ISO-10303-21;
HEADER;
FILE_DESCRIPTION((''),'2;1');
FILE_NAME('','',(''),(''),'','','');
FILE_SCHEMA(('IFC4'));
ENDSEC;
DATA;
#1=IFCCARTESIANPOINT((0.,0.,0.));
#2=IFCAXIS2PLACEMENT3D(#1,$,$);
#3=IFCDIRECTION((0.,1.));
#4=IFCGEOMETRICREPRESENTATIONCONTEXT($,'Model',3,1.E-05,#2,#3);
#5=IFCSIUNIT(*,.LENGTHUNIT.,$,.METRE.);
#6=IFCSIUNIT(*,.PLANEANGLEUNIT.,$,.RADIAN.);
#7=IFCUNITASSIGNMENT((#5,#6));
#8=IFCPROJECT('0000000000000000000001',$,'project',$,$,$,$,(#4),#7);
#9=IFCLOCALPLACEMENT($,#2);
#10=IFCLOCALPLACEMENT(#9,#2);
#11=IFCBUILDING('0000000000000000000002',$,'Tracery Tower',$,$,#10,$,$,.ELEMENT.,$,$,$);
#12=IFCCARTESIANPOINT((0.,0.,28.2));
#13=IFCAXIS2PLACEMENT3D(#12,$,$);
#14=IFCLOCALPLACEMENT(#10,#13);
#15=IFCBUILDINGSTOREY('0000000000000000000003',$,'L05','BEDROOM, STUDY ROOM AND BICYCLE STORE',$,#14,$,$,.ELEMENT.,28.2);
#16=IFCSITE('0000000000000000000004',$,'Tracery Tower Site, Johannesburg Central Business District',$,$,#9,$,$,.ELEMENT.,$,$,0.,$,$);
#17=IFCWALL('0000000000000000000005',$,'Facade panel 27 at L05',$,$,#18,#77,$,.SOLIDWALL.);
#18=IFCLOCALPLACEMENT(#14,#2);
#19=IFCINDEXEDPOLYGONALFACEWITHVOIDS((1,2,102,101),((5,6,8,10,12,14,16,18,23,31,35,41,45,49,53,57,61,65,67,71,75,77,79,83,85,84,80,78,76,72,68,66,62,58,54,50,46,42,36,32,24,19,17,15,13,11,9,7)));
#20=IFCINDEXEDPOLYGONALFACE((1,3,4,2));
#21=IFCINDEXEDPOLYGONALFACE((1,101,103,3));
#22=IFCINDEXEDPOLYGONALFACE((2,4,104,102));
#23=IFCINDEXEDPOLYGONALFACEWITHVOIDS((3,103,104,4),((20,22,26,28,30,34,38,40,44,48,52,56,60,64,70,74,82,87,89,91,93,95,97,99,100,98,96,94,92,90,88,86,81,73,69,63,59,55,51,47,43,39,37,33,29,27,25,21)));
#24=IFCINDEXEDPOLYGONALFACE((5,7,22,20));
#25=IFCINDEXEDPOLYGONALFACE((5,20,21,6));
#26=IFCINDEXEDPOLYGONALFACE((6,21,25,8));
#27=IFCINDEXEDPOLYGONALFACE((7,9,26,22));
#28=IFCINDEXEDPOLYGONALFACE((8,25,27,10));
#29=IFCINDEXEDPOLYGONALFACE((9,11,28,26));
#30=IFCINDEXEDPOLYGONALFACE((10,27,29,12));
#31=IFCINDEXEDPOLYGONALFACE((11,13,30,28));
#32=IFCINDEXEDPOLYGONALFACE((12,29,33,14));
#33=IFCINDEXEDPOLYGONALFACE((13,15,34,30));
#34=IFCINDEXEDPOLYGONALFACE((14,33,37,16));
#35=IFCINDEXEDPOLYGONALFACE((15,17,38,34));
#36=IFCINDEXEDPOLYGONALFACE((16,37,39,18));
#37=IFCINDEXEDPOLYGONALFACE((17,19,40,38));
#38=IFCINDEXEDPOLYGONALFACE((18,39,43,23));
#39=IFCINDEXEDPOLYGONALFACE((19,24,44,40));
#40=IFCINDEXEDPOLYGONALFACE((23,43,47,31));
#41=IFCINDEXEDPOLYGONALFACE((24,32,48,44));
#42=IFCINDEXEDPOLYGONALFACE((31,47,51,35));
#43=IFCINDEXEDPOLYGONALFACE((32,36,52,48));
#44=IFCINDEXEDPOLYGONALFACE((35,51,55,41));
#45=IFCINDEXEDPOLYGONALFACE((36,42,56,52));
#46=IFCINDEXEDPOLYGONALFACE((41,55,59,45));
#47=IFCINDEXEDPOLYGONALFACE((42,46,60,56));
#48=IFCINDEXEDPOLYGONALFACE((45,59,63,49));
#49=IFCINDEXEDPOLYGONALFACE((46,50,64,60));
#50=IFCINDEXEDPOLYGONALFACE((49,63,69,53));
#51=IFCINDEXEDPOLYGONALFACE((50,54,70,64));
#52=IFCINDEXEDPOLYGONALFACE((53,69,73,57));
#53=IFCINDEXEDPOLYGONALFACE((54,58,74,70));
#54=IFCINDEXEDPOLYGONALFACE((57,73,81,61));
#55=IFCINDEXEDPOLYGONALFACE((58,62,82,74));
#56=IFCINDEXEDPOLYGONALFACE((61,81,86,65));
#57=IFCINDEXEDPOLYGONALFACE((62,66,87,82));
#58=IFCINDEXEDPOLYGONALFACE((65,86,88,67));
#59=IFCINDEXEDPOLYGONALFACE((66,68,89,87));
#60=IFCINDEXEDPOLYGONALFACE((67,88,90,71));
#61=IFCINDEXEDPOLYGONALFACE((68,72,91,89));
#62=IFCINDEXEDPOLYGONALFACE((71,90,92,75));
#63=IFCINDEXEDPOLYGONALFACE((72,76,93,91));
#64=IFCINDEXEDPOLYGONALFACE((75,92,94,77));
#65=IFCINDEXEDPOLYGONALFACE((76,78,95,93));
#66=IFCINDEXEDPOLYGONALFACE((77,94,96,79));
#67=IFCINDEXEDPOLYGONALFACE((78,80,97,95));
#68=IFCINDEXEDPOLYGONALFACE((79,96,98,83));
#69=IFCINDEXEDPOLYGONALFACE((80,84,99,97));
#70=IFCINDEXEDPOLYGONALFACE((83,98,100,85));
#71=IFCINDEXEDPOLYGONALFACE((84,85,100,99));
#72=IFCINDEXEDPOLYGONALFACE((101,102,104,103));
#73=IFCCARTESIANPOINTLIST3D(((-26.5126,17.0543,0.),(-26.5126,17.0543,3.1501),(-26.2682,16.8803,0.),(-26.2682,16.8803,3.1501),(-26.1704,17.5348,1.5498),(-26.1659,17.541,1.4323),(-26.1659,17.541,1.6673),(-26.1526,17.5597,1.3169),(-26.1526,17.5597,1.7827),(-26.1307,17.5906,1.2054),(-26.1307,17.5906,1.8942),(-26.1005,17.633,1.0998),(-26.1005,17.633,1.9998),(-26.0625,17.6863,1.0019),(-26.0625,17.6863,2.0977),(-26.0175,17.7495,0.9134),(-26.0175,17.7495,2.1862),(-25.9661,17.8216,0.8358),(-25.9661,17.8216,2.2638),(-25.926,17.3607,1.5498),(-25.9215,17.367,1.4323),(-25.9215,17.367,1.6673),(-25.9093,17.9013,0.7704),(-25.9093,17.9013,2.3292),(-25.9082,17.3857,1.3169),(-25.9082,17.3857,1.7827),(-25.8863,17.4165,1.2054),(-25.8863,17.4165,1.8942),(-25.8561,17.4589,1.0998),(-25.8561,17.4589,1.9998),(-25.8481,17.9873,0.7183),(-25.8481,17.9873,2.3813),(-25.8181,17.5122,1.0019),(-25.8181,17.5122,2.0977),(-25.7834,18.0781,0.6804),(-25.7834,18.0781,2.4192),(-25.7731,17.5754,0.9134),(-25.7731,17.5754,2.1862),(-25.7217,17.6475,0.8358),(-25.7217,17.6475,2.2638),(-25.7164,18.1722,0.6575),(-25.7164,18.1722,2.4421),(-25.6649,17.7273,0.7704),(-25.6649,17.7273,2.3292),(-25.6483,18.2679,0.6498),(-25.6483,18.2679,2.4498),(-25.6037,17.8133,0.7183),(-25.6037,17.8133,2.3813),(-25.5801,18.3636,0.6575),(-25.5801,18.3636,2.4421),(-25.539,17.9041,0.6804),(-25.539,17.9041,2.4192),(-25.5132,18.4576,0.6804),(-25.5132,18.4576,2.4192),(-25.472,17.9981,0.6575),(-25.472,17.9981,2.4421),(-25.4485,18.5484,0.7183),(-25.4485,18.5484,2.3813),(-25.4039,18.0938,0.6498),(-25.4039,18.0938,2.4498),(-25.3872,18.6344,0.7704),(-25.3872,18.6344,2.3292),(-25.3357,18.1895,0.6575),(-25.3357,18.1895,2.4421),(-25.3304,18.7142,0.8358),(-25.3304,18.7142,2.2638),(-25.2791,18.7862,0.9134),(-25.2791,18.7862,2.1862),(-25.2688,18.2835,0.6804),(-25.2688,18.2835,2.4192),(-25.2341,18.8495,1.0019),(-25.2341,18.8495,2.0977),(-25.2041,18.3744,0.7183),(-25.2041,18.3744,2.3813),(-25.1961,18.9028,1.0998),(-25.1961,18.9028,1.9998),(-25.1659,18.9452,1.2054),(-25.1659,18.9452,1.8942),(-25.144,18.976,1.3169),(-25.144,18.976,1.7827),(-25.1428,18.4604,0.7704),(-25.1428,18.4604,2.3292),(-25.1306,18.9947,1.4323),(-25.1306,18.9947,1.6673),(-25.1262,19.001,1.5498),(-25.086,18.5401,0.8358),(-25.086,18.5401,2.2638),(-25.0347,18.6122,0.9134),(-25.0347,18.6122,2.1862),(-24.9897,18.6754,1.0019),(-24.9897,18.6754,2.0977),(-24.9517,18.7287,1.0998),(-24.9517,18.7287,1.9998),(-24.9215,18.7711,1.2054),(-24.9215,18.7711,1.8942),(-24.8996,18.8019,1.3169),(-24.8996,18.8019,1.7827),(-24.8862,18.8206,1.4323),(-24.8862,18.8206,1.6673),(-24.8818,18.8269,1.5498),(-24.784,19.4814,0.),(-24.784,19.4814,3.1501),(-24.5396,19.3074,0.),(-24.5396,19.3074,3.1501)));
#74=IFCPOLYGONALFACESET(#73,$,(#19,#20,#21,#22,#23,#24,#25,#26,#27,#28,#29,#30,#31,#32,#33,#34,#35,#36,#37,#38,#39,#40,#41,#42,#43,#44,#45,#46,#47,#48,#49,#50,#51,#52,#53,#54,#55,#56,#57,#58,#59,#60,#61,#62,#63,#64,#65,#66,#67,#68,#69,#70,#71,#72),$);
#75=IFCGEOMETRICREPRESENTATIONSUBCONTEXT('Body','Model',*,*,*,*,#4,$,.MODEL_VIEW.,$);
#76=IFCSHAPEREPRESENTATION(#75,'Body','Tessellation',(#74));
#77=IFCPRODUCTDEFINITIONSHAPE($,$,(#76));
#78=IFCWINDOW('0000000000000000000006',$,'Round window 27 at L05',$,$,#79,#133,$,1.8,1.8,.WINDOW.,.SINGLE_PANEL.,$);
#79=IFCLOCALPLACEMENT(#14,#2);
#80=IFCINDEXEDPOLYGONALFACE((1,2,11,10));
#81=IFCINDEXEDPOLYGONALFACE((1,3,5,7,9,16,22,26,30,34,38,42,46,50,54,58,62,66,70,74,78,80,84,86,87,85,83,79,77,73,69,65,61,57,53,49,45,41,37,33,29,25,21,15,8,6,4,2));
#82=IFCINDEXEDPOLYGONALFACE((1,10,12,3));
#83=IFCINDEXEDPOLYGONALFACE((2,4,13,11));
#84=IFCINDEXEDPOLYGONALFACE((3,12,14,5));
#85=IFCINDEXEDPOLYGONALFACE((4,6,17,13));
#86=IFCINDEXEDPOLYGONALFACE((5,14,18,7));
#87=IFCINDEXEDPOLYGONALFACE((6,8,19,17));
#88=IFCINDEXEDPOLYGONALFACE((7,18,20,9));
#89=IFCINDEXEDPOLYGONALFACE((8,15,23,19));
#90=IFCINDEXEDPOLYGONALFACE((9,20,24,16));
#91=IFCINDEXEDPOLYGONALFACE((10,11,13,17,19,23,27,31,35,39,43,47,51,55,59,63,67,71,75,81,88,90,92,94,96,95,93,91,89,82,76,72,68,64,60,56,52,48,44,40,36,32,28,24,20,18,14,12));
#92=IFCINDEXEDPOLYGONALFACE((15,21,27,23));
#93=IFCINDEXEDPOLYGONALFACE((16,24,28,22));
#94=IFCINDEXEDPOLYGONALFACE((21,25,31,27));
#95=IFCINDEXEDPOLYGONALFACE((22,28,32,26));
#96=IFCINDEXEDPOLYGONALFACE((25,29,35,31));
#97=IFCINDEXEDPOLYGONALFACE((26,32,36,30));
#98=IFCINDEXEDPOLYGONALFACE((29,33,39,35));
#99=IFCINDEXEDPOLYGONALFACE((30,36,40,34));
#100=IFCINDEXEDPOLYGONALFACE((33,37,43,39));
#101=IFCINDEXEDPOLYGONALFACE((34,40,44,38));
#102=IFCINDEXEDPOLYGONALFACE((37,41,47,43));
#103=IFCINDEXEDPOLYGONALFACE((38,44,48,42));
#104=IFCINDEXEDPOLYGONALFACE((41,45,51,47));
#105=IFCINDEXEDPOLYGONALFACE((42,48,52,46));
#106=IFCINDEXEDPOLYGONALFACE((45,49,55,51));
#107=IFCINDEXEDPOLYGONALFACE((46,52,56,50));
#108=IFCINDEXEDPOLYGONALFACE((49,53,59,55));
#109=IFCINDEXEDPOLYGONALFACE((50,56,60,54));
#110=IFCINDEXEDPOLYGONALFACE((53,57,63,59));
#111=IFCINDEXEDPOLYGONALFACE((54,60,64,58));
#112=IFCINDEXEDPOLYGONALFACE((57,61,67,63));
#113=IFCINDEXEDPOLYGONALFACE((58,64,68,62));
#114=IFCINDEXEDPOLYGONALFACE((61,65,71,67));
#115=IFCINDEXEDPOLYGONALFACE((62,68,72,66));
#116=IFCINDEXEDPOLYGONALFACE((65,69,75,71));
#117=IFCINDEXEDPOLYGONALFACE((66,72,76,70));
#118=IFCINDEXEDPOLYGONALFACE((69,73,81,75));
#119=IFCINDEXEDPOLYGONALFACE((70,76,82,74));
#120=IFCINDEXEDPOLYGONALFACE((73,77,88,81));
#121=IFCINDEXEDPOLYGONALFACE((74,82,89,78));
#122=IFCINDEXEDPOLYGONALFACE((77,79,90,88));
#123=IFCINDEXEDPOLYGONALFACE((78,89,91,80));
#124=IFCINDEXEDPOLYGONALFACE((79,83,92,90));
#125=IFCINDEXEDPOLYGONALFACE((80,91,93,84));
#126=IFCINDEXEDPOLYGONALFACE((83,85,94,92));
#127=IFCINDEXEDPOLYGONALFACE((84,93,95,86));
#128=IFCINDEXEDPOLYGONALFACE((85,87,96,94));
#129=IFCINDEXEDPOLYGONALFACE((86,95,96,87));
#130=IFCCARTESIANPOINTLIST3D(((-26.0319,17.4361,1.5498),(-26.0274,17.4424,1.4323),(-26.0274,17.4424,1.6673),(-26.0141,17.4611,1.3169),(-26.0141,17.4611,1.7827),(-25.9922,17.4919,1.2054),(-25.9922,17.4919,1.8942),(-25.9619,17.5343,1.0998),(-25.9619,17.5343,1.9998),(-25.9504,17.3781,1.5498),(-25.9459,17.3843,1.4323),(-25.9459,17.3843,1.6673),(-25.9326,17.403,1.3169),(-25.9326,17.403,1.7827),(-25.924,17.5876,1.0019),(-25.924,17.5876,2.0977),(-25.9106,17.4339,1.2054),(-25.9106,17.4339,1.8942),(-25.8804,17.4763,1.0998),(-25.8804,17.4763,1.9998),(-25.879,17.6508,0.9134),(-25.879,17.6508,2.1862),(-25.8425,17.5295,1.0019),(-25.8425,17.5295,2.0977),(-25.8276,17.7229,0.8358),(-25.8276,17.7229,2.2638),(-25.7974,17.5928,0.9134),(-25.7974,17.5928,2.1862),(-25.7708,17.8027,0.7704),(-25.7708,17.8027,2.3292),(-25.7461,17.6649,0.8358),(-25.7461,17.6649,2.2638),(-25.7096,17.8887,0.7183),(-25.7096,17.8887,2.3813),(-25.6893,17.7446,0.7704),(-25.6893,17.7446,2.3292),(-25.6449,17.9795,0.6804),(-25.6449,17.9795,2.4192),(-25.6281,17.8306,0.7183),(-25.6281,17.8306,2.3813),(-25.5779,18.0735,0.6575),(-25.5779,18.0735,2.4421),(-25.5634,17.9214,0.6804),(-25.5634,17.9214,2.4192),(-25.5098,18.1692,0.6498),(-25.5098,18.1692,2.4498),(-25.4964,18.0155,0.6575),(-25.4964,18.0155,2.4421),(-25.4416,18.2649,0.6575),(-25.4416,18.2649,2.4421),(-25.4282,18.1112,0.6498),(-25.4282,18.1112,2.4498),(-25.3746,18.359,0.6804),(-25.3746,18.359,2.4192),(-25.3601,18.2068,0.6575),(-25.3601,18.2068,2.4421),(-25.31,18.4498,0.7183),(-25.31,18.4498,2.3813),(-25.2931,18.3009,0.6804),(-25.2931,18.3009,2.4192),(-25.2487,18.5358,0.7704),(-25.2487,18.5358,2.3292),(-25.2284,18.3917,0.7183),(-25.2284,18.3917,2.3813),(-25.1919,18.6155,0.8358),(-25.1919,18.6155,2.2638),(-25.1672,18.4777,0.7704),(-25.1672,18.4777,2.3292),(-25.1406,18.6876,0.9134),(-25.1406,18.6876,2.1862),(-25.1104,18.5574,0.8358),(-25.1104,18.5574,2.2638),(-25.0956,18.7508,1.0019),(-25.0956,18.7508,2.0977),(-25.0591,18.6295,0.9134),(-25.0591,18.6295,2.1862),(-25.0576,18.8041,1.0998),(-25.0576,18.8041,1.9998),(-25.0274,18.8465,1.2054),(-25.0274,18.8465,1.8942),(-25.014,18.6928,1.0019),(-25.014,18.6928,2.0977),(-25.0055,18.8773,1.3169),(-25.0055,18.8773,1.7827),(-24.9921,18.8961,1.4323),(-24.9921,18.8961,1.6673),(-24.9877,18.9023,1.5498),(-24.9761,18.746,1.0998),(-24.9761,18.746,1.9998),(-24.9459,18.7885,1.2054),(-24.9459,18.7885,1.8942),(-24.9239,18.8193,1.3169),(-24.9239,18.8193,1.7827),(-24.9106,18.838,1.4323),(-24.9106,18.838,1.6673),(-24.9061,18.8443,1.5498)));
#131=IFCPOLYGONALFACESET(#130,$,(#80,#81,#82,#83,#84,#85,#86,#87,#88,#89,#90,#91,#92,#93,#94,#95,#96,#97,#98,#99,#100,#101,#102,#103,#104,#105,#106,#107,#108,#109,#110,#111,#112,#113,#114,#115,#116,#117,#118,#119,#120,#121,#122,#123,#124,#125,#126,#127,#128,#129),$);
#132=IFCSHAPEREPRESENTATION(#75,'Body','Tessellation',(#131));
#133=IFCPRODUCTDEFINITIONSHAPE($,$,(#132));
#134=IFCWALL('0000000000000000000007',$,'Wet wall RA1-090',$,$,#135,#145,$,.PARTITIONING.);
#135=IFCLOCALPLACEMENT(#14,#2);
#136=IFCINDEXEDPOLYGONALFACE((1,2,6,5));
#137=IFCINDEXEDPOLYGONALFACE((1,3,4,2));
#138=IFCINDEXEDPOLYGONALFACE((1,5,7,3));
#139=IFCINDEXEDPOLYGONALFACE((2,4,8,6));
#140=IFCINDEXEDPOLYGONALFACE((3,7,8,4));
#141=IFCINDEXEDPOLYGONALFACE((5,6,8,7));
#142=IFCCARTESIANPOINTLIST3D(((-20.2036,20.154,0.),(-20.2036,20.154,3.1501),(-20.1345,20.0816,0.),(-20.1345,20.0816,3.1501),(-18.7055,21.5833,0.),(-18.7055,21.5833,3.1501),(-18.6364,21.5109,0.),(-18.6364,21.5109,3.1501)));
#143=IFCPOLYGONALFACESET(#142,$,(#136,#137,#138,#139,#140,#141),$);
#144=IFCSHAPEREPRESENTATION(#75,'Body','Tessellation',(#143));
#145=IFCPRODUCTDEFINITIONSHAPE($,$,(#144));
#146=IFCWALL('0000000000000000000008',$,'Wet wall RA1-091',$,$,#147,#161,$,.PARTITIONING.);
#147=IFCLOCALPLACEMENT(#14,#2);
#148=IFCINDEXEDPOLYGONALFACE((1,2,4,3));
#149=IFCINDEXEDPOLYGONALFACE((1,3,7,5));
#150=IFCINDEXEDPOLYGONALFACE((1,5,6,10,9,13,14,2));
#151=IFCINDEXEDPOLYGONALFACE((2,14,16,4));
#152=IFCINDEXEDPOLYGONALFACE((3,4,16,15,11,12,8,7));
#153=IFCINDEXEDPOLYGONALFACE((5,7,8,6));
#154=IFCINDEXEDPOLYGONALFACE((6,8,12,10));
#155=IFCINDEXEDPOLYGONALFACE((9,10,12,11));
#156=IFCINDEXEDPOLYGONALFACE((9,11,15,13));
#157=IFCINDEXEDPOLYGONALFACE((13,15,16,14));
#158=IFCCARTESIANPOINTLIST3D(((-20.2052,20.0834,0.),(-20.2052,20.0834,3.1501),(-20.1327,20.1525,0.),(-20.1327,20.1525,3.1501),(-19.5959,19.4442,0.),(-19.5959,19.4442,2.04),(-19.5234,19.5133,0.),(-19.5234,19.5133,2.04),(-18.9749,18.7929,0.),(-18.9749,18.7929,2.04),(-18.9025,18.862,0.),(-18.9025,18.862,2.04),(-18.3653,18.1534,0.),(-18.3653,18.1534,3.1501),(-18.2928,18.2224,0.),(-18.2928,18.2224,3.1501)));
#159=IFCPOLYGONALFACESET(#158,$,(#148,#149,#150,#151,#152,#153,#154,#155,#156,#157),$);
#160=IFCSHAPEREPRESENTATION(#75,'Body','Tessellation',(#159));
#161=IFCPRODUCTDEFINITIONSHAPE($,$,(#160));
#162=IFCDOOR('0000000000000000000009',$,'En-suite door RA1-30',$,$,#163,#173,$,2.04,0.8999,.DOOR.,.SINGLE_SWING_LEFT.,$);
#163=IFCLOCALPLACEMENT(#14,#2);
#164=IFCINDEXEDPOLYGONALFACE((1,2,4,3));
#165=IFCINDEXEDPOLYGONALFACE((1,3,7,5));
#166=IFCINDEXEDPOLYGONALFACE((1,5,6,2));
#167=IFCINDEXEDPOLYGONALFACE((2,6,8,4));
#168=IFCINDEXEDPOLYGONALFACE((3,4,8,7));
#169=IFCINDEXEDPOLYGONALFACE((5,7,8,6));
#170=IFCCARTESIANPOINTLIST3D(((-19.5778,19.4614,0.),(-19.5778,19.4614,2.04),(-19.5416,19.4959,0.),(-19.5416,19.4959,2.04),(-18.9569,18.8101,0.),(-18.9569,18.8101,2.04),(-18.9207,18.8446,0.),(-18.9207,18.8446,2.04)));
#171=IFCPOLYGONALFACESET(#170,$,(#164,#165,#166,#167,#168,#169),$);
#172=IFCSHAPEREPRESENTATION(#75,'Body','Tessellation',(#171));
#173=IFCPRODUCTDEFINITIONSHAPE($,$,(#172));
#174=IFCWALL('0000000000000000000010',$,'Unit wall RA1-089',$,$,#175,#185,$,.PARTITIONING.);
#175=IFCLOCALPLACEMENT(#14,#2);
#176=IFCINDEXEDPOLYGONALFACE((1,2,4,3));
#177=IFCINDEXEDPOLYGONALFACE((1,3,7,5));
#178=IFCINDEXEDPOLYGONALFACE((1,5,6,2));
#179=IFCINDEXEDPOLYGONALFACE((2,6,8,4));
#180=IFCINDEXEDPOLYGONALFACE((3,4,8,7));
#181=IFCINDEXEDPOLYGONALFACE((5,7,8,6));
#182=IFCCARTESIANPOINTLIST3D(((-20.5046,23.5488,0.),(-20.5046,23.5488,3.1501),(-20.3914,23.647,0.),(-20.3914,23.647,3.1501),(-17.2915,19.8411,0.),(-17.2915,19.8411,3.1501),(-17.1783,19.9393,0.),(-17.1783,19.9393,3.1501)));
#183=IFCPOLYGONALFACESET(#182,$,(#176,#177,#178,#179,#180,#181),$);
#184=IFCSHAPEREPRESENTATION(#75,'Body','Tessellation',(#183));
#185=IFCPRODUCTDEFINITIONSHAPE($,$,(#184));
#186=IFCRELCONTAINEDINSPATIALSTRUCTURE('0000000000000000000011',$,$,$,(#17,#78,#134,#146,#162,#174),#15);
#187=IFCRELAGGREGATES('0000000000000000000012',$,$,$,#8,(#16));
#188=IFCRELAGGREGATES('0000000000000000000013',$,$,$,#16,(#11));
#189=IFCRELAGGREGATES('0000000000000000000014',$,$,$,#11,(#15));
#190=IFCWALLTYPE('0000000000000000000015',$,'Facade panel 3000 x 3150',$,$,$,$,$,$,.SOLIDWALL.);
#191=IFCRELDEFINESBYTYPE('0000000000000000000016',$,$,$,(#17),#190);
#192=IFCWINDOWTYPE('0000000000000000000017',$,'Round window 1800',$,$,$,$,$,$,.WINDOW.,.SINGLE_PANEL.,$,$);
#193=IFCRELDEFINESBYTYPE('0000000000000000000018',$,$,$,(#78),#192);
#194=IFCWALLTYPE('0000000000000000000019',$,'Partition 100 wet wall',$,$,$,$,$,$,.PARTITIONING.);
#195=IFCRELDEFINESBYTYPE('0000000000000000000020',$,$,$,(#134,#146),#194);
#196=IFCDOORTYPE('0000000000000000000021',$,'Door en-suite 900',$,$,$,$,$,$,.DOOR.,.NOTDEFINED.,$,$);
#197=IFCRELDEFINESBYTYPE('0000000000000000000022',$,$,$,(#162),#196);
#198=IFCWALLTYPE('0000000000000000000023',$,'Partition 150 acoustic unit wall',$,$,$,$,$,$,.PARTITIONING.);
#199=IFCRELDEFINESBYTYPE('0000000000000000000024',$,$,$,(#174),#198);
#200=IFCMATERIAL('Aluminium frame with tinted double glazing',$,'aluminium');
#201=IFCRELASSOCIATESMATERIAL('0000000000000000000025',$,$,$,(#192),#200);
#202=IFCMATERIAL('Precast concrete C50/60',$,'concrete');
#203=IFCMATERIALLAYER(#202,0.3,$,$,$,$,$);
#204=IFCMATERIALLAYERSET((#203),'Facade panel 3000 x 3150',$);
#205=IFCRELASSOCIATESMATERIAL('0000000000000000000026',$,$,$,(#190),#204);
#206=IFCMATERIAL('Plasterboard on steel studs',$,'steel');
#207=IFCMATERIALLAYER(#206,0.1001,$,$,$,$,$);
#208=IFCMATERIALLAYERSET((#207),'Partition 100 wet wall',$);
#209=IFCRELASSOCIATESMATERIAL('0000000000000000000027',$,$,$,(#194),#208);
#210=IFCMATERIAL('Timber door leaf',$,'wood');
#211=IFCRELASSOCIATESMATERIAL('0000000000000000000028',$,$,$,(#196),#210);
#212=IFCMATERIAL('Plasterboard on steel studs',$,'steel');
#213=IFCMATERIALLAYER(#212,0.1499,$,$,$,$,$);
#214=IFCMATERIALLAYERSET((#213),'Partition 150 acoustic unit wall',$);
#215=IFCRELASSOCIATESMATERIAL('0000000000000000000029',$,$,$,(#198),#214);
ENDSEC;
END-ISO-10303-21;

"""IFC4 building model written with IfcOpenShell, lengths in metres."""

from ifc_helpers import new_model, si_unit, direction, frame, frame_2d, origin, origin_2d, place, context, subcontext, project, spatial, rectangle, circle, extrude, material, layer, layer_set, type_object, element, fill, save


model = new_model("IFC4")

# Units and contexts
model_context = context("Model", 3, precision=1e-05, world=origin(), true_north=direction((0.0, 1.0)))
body_context = subcontext(model_context, "Body", "Model", "MODEL_VIEW")
ifc_project = project(units=[si_unit("LENGTHUNIT", "METRE"), si_unit("PLANEANGLEUNIT", "RADIAN")], contexts=[model_context])

# Site, building, storey
site_placement = place(None, origin())
site = spatial("IfcSite", under=ifc_project, at=site_placement, Name="Tracery Tower Site, Johannesburg Central Business District", CompositionType="ELEMENT", RefElevation=0.0)
building_placement = place(site_placement, origin())
building = spatial("IfcBuilding", under=site, at=building_placement, Name="Tracery Tower", CompositionType="ELEMENT")
storey_placement = place(building_placement, frame((0.0, 0.0, 28.2)))
storey = spatial("IfcBuildingStorey", under=building, at=storey_placement, Name="L05", Description="BEDROOM, STUDY ROOM AND BICYCLE STORE", CompositionType="ELEMENT", Elevation=28.2)

# Wall, opening, window
ifc_material_1 = material(Name="Aluminium frame with tinted double glazing", Category="aluminium")
window_type = type_object("IfcWindowType", Name="Round window 1800", PartitioningType="SINGLE_PANEL", PredefinedType="WINDOW", material=ifc_material_1)
ifc_material_2 = material(Name="Precast concrete C50/60", Category="concrete")
ifc_layer_1 = layer(ifc_material_2, 0.3)
ifc_layer_set_1 = layer_set([ifc_layer_1], Name="Facade panel 3000 x 3150")
wall_type_1 = type_object("IfcWallType", Name="Facade panel 3000 x 3150", PredefinedType="SOLIDWALL", material=ifc_layer_set_1)
wall_1_placement = place(storey_placement, frame((-24.6619, 19.3943, 0.0), z_axis=(0.0, 0.0, 1.0), x_axis=(-0.580114, -0.814535, 0.0)))
wall_1 = element("IfcWall", 1, at=wall_1_placement, inside=storey, type_object=wall_type_1, Name="Facade panel 27 at L05", PredefinedType="SOLIDWALL", context=body_context, shape_type="SweptSolid", body=[
    extrude(rectangle(XDim=2.9797, YDim=0.3, at=frame_2d((1.4897, 0.0))), origin(), (0.0, 0.0, 1.0), 3.1501),
])
opening_1_placement = place(wall_1_placement, frame((1.4897, 0.0, 1.5498)))
opening_1 = element("IfcOpeningElement", 2, at=opening_1_placement, cuts=wall_1, PredefinedType="OPENING", context=body_context, shape_type="SweptSolid", body=[
    extrude(circle(Radius=0.9, at=origin_2d()), frame((0.0, 0.1599, 0.0), z_axis=(0.0, -1.0, 0.0), x_axis=(1.0, 0.0, 0.0)), (0.0, 0.0, 1.0), 0.3201),
])
window_1_placement = place(opening_1_placement, origin())
window_1 = element("IfcWindow", 3, at=window_1_placement, inside=storey, type_object=window_type, Name="Round window 27 at L05", OverallHeight=1.8, OverallWidth=1.8, PartitioningType="SINGLE_PANEL", PredefinedType="WINDOW", context=body_context, shape_type="SweptSolid", body=[
    extrude(circle(Radius=0.9, at=origin_2d()), frame((0.0, 0.1201, 0.0), z_axis=(0.0, -1.0, 0.0), x_axis=(1.0, 0.0, 0.0)), (0.0, 0.0, 1.0), 0.1001),
])
fill(opening_1, window_1)

# Wall
ifc_material_3 = material(Name="Plasterboard on steel studs", Category="steel")
ifc_layer_2 = layer(ifc_material_3, 0.1001)
ifc_layer_set_2 = layer_set([ifc_layer_2], Name="Partition 100 wet wall")
wall_type_2 = type_object("IfcWallType", Name="Partition 100 wet wall", PredefinedType="PARTITIONING", material=ifc_layer_set_2)
wall_2_placement = place(storey_placement, frame((-20.1689, 20.1179, 0.0), z_axis=(0.0, 0.0, 1.0), x_axis=(0.723538, 0.690285, 0.0)))
element("IfcWall", 4, at=wall_2_placement, inside=storey, type_object=wall_type_2, Name="Wet wall RA1-090", PredefinedType="PARTITIONING", context=body_context, shape_type="SweptSolid", body=[
    extrude(rectangle(XDim=2.0706, YDim=0.1001, at=frame_2d((1.0352, 0.0))), origin(), (0.0, 0.0, 1.0), 3.1501),
])

# Wall, opening, door
wall_3_placement = place(storey_placement, frame((-20.1689, 20.1179, 0.0), z_axis=(0.0, 0.0, 1.0), x_axis=(0.690012, -0.723798, 0.0)))
wall_3 = element("IfcWall", 5, at=wall_3_placement, inside=storey, type_object=wall_type_2, Name="Wet wall RA1-091", PredefinedType="PARTITIONING", context=body_context, shape_type="SweptSolid", body=[
    extrude(rectangle(XDim=2.6665, YDim=0.1001, at=frame_2d((1.3333, 0.0))), origin(), (0.0, 0.0, 1.0), 3.1501),
])
opening_2_placement = place(wall_3_placement, frame((0.8831, 0.0, 0.0)))
opening_2 = element("IfcOpeningElement", 6, at=opening_2_placement, cuts=wall_3, PredefinedType="OPENING", context=body_context, shape_type="SweptSolid", body=[
    extrude(rectangle(XDim=0.8999, YDim=2.04, at=frame_2d((0.45, 1.02))), frame((0.0, 0.05, 0.0), z_axis=(0.0, -1.0, 0.0), x_axis=(1.0, 0.0, 0.0)), (0.0, 0.0, 1.0), 0.1001),
])
ifc_material_4 = material(Name="Timber door leaf", Category="wood")
door_type = type_object("IfcDoorType", Name="Door en-suite 900", OperationType="NOTDEFINED", PredefinedType="DOOR", material=ifc_material_4)
door_placement = place(opening_2_placement, origin())
door = element("IfcDoor", 7, at=door_placement, inside=storey, type_object=door_type, Name="En-suite door RA1-30", OperationType="SINGLE_SWING_LEFT", OverallHeight=2.04, OverallWidth=0.8999, PredefinedType="DOOR", context=body_context, shape_type="SweptSolid", body=[
    extrude(rectangle(XDim=0.8999, YDim=2.04, at=frame_2d((0.45, 1.02))), frame((0.0, 0.0249, 0.0), z_axis=(0.0, -1.0, 0.0), x_axis=(1.0, 0.0, 0.0)), (0.0, 0.0, 1.0), 0.05),
])
fill(opening_2, door)

# Wall
ifc_material_5 = material(Name="Plasterboard on steel studs", Category="steel")
ifc_layer_3 = layer(ifc_material_5, 0.1499)
ifc_layer_set_3 = layer_set([ifc_layer_3], Name="Partition 150 acoustic unit wall")
wall_type_3 = type_object("IfcWallType", Name="Partition 150 acoustic unit wall", PredefinedType="PARTITIONING", material=ifc_layer_set_3)
wall_4_placement = place(storey_placement, frame((-20.448, 23.5979, 0.0), z_axis=(0.0, 0.0, 1.0), x_axis=(0.6549, -0.755715, 0.0)))
element("IfcWall", 8, at=wall_4_placement, inside=storey, type_object=wall_type_3, Name="Unit wall RA1-089", PredefinedType="PARTITIONING", context=body_context, shape_type="SweptSolid", body=[
    extrude(rectangle(XDim=4.9062, YDim=0.1499, at=frame_2d((2.4531, 0.0))), origin(), (0.0, 0.0, 1.0), 3.1501),
])

save(model, "model.ifc")
